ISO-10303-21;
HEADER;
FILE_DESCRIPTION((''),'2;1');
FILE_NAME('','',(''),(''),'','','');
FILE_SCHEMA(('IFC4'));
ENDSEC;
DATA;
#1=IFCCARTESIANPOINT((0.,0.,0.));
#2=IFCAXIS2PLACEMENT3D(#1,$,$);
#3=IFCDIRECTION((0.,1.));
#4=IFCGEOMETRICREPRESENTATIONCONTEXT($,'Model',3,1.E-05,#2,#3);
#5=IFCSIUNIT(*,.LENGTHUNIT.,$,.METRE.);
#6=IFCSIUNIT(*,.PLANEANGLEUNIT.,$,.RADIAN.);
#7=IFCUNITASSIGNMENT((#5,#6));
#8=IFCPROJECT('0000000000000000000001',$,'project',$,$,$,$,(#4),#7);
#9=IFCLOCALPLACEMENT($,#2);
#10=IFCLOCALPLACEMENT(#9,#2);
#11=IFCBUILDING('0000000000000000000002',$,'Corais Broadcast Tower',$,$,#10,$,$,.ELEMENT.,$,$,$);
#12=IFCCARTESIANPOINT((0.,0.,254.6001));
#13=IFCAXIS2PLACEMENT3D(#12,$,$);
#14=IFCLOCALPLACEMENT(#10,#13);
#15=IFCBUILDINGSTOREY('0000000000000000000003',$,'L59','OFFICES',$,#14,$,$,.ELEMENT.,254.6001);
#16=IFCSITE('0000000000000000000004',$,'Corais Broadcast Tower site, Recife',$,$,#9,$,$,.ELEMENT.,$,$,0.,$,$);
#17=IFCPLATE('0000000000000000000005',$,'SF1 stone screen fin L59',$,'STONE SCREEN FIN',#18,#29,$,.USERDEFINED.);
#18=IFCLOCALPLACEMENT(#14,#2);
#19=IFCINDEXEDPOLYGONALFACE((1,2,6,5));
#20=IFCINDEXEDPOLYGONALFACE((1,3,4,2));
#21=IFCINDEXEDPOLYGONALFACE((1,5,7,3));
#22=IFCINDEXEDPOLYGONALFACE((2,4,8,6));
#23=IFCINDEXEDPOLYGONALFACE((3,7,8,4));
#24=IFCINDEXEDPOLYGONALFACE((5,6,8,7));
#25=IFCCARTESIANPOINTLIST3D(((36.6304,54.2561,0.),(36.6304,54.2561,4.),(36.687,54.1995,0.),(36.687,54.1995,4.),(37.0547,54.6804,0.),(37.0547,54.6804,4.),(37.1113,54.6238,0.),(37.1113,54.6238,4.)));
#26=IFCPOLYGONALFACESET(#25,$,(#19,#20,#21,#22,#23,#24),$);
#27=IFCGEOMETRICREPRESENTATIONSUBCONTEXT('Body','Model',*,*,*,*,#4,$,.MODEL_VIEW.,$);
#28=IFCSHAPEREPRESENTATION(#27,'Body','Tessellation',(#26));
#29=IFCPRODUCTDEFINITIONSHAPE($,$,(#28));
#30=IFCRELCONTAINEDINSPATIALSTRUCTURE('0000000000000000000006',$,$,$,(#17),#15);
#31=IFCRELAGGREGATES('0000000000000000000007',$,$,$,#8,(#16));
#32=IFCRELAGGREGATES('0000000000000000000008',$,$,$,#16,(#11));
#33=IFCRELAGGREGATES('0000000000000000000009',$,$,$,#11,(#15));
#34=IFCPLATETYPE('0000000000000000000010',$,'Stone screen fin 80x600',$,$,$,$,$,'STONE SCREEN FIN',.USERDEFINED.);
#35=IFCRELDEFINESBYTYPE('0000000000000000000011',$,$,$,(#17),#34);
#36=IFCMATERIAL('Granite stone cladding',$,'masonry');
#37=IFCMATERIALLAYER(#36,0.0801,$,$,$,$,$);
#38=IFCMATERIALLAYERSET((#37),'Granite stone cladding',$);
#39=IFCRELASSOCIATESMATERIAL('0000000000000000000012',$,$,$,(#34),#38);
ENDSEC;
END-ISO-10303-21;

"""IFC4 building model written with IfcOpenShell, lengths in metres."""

from ifc_helpers import new_model, si_unit, direction, frame, origin, origin_2d, place, context, subcontext, project, spatial, rectangle, extrude, material, layer, layer_set, type_object, element, save


model = new_model("IFC4")

# Units and contexts
model_context = context("Model", 3, precision=1e-05, world=origin(), true_north=direction((0.0, 1.0)))
body_context = subcontext(model_context, "Body", "Model", "MODEL_VIEW")
ifc_project = project(units=[si_unit("LENGTHUNIT", "METRE"), si_unit("PLANEANGLEUNIT", "RADIAN")], contexts=[model_context])

# Site, building, storey
site_placement = place(None, origin())
site = spatial("IfcSite", under=ifc_project, at=site_placement, Name="Corais Broadcast Tower site, Recife", CompositionType="ELEMENT", RefElevation=0.0)
building_placement = place(site_placement, origin())
building = spatial("IfcBuilding", under=site, at=building_placement, Name="Corais Broadcast Tower", CompositionType="ELEMENT")
storey_placement = place(building_placement, frame((0.0, 0.0, 254.6001)))
storey = spatial("IfcBuildingStorey", under=building, at=storey_placement, Name="L59", Description="OFFICES", CompositionType="ELEMENT", Elevation=254.6001)

# Plate
ifc_material_1 = material(Name="Granite stone cladding", Category="masonry")
ifc_layer_1 = layer(ifc_material_1, 0.0801)
ifc_layer_set_1 = layer_set([ifc_layer_1], Name="Granite stone cladding")
plate_type_1 = type_object("IfcPlateType", Name="Stone screen fin 80x600", ElementType="STONE SCREEN FIN", PredefinedType="USERDEFINED", material=ifc_layer_set_1)
plate_1_placement = place(storey_placement, frame((36.8708, 54.4399, 0.0), z_axis=(0.0, 0.0, 1.0), x_axis=(0.707107, -0.707107, 0.0)))
element("IfcPlate", 1, at=plate_1_placement, inside=storey, type_object=plate_type_1, Name="SF1 stone screen fin L59", ObjectType="STONE SCREEN FIN", PredefinedType="USERDEFINED", context=body_context, shape_type="SweptSolid", body=[
    extrude(rectangle(XDim=0.0801, YDim=0.6001, at=origin_2d()), origin(), (0.0, 0.0, 1.0), 4.0),
])

save(model, "model.ifc")
